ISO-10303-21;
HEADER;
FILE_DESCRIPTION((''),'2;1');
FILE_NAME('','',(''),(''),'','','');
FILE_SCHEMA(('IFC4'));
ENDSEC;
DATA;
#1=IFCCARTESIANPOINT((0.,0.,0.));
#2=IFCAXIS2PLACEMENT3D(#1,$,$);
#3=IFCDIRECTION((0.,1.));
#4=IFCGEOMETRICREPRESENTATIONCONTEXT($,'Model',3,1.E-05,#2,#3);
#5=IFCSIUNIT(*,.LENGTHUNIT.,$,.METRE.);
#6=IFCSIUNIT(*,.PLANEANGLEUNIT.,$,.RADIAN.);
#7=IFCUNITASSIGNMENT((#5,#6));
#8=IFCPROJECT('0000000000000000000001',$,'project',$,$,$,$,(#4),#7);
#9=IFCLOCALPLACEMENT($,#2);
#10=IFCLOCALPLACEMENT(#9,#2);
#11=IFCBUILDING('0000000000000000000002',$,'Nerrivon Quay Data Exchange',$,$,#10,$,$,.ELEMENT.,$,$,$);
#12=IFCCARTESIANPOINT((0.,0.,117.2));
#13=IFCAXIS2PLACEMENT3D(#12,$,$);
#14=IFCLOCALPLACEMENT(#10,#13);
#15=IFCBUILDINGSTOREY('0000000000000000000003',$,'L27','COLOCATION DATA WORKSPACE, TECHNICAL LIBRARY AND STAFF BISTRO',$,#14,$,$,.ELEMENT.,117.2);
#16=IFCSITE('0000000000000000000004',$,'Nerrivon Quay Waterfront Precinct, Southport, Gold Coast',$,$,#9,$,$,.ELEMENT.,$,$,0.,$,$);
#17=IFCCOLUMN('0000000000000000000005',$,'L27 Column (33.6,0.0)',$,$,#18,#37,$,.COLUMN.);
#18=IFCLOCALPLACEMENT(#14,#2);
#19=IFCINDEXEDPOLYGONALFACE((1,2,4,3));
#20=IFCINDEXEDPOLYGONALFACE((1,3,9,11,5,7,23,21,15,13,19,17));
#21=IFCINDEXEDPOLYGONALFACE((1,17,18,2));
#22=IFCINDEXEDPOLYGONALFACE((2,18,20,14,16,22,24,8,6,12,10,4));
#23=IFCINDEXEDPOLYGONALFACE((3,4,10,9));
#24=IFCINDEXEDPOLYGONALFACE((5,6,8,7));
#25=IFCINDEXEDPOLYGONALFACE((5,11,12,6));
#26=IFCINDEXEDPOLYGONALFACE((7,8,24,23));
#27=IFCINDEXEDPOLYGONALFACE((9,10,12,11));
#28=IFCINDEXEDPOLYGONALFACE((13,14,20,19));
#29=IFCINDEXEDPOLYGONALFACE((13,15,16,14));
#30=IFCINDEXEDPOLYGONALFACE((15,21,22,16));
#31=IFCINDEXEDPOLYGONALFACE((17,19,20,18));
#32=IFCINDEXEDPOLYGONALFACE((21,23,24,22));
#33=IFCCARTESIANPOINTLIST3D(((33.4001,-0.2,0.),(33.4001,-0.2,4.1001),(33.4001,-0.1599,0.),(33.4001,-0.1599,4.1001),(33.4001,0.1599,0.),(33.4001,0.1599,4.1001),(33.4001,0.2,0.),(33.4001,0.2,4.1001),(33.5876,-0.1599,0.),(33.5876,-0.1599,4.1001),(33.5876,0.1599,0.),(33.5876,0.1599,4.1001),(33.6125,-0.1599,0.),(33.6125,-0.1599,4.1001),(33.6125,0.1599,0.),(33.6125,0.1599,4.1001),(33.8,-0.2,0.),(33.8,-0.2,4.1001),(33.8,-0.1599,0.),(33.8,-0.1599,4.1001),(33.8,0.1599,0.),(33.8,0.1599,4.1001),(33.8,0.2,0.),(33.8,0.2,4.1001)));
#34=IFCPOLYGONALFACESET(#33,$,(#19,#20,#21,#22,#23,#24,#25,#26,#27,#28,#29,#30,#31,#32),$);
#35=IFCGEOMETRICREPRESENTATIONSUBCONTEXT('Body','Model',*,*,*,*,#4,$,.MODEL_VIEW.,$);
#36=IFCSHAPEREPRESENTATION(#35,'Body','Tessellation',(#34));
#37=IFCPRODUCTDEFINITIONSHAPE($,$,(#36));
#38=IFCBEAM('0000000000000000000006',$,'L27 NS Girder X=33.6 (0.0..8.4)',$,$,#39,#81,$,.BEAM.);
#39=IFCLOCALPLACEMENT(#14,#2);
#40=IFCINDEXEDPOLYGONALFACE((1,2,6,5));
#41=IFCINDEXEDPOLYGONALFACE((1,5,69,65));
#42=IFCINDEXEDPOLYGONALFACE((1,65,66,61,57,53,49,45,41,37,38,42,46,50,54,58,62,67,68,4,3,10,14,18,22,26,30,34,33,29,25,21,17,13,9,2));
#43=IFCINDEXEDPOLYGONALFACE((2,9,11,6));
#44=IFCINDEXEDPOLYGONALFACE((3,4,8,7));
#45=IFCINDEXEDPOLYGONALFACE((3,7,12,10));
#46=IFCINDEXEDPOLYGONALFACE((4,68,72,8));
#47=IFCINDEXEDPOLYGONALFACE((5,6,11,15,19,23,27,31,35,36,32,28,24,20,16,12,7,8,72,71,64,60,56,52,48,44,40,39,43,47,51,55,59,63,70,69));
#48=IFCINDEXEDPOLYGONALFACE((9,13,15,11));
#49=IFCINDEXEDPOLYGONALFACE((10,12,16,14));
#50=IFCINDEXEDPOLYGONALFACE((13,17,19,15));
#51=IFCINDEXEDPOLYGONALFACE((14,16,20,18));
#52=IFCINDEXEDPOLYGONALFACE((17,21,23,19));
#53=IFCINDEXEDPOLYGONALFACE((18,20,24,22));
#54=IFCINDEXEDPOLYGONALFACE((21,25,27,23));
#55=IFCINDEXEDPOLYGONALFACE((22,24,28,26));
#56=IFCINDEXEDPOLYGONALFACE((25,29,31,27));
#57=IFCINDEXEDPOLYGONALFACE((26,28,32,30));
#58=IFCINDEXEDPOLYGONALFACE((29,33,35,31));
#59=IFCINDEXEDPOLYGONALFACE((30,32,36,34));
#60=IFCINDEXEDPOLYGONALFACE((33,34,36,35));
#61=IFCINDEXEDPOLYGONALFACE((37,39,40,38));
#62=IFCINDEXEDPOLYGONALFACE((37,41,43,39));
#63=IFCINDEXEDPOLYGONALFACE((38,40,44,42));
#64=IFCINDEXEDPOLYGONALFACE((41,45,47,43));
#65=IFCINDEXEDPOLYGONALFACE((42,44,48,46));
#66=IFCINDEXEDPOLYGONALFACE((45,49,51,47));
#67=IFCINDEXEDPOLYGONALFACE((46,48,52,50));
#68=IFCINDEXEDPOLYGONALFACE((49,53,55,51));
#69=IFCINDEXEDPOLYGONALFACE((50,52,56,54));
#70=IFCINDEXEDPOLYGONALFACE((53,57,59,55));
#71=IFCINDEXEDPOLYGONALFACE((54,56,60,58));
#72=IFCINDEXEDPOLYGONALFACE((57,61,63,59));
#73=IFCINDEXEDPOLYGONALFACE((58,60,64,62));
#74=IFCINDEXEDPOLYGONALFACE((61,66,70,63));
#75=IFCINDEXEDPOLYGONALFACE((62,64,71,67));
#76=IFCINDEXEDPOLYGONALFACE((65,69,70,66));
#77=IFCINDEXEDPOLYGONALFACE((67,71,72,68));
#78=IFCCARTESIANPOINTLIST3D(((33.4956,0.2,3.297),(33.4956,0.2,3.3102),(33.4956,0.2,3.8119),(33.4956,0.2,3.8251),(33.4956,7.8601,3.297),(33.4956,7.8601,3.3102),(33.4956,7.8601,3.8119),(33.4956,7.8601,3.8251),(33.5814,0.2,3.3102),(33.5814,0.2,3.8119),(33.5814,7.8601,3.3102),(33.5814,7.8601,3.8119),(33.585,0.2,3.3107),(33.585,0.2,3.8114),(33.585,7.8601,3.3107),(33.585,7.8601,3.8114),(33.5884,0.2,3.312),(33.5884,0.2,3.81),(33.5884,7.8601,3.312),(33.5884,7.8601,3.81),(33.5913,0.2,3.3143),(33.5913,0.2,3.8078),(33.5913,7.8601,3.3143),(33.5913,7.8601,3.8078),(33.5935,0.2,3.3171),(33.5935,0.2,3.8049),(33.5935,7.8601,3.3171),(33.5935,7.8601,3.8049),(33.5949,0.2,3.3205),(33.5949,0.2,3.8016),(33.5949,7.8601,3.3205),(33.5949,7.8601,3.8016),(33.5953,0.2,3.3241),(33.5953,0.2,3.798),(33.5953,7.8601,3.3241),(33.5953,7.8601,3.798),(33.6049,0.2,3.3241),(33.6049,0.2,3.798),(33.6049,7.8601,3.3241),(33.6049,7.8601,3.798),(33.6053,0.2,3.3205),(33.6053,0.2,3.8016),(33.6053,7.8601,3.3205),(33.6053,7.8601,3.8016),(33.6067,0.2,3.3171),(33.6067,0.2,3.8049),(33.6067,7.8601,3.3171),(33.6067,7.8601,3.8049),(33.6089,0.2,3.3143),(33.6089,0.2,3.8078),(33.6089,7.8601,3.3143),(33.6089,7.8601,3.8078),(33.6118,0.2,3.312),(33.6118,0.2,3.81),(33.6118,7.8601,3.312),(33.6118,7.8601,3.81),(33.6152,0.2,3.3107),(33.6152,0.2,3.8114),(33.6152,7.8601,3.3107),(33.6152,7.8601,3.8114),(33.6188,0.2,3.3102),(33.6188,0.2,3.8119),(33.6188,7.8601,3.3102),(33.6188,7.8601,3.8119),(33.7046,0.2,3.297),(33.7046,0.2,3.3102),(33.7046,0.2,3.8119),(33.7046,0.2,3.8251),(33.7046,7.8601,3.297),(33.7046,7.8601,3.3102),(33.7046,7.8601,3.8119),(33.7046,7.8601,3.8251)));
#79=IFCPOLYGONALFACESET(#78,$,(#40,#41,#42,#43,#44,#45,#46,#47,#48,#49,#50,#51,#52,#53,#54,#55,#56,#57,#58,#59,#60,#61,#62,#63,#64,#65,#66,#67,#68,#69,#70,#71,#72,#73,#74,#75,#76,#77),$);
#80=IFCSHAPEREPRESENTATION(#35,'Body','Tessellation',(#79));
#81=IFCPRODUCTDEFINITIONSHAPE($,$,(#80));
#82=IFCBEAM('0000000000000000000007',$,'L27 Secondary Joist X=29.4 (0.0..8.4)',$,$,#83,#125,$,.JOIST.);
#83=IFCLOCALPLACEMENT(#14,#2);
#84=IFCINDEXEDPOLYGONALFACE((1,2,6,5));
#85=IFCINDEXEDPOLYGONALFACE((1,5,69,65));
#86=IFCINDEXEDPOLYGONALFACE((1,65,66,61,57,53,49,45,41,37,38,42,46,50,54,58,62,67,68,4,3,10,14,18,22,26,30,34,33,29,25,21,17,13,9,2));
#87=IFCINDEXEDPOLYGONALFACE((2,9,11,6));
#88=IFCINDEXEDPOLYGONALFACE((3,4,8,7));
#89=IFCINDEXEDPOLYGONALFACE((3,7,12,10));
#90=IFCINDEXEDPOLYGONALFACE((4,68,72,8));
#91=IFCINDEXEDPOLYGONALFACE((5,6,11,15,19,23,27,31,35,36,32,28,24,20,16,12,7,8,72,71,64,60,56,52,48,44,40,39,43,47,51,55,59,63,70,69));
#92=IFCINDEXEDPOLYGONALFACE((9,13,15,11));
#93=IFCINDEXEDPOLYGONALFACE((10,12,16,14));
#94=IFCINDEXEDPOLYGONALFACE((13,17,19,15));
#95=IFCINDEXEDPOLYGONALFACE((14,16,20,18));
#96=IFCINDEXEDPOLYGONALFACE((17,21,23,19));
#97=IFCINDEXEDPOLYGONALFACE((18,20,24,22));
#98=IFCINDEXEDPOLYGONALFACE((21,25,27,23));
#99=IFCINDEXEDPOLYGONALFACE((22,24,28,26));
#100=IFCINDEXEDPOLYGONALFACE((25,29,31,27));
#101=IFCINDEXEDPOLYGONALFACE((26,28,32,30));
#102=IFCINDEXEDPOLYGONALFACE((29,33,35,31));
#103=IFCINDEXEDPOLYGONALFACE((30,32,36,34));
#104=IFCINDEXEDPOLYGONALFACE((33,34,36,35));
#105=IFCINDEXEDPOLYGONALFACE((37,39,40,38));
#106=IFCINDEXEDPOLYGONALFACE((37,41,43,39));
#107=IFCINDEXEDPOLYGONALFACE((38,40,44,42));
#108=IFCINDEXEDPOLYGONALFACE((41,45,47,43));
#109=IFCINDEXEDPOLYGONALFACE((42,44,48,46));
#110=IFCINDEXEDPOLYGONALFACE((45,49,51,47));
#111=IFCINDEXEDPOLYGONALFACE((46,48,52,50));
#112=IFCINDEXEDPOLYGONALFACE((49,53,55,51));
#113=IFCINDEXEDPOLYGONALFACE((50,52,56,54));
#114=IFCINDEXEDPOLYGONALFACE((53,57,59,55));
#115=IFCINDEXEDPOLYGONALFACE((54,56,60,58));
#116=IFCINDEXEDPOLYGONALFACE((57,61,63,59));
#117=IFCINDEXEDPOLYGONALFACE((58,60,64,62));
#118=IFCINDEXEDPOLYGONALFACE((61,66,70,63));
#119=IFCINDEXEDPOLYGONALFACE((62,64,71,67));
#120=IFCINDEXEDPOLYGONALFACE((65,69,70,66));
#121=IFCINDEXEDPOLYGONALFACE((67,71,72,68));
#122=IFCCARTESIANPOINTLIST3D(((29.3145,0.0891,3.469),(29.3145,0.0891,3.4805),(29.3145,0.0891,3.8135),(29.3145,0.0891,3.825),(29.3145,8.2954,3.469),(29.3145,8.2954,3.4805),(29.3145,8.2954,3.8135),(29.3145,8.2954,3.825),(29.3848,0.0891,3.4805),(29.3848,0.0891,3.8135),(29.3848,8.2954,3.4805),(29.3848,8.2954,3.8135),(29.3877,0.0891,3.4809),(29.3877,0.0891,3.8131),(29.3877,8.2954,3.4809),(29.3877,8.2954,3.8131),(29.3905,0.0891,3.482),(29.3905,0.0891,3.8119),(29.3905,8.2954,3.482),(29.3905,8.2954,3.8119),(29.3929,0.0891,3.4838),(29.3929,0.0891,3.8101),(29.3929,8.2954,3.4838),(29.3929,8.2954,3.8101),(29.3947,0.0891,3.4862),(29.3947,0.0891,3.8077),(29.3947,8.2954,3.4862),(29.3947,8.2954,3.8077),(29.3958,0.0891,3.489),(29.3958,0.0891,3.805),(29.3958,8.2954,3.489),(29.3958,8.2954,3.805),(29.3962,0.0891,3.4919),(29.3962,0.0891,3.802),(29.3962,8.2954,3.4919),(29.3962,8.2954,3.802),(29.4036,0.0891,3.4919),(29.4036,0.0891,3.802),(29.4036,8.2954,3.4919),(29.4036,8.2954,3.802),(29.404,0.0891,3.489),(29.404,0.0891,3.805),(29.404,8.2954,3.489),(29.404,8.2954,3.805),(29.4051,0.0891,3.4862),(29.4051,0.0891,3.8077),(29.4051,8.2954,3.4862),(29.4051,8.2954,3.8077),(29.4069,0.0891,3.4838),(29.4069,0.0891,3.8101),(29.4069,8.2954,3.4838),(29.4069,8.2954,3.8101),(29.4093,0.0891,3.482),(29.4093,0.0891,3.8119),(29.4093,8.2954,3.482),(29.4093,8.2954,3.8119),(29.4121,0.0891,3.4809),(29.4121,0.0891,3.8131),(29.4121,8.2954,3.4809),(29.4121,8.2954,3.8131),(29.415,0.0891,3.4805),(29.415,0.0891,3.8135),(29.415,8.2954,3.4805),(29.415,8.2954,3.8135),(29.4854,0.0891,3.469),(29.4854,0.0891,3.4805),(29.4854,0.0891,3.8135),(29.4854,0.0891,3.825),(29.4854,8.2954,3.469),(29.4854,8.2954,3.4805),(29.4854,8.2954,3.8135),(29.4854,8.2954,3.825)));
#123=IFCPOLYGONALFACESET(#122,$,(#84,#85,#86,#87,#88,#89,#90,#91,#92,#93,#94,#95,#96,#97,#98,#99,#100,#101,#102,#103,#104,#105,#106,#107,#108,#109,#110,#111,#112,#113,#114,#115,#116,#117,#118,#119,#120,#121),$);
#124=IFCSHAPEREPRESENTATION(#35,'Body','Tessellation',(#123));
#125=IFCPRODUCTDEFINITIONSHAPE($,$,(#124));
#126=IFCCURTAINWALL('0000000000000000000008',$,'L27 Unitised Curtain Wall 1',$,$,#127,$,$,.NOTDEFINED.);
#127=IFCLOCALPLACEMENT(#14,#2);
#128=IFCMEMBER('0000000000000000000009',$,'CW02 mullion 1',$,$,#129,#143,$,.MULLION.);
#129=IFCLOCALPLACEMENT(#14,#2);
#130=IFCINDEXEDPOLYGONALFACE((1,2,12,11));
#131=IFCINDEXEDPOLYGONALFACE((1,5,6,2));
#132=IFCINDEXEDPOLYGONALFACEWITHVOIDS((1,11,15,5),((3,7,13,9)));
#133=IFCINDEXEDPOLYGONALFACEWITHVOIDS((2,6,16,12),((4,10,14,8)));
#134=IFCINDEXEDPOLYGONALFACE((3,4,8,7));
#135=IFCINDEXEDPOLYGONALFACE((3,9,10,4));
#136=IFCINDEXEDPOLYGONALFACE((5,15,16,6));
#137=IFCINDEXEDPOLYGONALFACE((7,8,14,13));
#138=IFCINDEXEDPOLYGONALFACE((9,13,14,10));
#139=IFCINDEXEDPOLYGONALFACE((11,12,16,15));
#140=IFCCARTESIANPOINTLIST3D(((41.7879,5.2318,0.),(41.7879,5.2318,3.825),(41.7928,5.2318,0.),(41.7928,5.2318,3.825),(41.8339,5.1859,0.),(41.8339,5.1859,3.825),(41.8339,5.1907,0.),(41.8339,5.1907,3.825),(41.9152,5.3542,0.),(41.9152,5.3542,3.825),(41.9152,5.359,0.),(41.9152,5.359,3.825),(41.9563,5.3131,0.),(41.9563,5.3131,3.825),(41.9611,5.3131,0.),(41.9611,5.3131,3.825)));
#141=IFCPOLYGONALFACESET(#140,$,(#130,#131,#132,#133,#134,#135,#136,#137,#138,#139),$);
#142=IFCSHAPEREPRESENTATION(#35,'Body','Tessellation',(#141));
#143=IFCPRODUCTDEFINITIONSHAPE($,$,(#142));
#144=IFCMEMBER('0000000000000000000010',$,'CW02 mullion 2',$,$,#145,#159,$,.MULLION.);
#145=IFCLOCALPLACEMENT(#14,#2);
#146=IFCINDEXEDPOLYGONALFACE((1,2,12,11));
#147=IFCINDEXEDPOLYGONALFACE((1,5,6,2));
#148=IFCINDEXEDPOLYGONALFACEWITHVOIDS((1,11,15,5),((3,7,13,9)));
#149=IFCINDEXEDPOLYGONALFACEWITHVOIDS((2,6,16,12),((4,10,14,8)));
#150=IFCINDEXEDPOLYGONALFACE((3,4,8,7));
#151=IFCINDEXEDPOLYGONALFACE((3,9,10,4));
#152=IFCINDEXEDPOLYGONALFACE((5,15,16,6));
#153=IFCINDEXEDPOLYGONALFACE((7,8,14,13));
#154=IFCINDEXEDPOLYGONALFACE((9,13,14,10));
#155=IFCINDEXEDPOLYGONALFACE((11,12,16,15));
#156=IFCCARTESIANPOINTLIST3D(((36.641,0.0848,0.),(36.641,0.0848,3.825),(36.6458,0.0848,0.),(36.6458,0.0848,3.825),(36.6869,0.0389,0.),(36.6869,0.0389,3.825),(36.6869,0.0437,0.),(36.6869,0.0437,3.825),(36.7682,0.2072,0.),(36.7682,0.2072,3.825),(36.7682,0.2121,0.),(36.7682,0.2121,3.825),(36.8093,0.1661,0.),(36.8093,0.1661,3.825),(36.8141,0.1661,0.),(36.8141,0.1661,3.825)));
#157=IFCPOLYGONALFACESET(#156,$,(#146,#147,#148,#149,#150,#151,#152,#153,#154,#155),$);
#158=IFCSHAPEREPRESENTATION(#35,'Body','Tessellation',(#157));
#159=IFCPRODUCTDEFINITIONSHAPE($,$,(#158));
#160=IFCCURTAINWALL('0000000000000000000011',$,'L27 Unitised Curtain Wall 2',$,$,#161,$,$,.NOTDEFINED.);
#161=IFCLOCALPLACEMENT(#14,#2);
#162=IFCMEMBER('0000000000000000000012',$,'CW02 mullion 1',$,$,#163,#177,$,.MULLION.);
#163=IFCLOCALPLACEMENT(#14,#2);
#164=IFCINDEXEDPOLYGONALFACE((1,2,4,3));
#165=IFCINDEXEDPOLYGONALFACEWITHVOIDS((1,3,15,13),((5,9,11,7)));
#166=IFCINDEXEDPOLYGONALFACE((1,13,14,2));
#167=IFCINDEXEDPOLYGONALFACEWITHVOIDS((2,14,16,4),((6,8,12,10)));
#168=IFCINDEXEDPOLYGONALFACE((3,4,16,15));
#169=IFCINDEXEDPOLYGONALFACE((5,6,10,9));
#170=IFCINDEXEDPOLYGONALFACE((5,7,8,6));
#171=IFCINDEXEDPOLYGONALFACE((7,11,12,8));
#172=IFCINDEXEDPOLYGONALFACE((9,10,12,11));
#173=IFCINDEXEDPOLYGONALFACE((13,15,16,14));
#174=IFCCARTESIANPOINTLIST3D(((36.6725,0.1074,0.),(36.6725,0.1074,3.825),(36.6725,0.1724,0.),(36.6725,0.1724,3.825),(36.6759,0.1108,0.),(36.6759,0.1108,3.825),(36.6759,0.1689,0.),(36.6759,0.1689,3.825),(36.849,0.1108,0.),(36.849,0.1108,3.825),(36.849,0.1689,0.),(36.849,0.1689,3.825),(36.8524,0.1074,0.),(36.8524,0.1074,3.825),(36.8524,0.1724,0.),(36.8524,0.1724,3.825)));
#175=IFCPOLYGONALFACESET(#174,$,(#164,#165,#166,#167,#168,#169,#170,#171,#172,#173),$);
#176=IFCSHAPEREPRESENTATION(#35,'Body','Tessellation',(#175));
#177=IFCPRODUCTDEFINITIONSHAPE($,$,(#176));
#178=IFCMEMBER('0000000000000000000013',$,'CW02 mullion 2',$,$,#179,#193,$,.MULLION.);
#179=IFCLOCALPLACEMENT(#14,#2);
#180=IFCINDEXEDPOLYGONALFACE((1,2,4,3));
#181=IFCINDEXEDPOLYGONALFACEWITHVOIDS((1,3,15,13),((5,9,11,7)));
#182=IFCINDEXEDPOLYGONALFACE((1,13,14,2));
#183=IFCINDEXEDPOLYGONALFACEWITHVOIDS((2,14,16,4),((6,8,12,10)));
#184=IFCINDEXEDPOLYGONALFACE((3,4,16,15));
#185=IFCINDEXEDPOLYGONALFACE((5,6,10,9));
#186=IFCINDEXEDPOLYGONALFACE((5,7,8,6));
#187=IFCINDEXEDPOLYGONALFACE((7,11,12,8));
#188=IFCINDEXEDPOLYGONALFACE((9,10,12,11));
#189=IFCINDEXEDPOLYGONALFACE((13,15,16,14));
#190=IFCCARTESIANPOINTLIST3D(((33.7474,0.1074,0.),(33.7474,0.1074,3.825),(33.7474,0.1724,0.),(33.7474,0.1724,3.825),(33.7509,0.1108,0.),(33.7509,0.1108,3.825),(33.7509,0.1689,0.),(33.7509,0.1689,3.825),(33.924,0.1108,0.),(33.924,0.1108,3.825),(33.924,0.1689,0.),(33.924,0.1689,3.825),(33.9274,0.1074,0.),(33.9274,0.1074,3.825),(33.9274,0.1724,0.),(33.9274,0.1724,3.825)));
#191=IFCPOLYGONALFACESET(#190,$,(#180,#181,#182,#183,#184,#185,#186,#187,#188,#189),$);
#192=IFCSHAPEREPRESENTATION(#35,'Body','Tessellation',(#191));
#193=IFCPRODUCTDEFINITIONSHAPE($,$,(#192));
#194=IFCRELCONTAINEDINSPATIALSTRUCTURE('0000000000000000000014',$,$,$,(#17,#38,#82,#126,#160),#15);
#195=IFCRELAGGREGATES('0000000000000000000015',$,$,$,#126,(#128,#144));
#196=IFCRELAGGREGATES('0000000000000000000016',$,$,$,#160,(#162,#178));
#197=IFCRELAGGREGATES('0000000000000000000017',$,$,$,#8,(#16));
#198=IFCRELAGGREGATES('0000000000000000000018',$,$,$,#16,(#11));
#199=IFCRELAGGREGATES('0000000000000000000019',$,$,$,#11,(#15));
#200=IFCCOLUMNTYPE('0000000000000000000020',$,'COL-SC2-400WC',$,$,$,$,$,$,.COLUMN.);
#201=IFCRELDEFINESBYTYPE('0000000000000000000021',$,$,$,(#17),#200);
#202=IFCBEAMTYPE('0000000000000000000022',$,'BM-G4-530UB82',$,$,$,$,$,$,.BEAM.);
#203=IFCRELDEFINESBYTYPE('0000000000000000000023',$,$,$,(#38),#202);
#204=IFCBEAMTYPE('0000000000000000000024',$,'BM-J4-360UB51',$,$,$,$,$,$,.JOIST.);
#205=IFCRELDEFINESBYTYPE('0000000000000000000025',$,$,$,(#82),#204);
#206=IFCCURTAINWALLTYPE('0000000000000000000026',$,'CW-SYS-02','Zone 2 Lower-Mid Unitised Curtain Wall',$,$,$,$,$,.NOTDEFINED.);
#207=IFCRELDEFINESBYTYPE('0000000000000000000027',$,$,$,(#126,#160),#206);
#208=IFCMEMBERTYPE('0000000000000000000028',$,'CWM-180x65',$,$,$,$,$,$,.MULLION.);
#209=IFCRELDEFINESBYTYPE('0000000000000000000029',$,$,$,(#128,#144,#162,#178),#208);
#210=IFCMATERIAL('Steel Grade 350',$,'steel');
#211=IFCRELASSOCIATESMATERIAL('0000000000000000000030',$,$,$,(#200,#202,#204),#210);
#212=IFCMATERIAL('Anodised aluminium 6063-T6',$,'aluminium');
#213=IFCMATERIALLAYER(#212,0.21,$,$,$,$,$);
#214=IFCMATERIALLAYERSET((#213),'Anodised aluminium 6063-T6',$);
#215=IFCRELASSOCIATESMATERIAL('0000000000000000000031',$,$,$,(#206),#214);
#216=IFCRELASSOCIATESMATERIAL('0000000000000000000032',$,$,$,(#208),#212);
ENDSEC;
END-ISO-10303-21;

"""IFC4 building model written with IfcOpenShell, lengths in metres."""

from ifc_helpers import new_model, si_unit, direction, frame, origin, origin_2d, place, context, subcontext, project, spatial, hollow_rectangle, i_section, extrude, material, layer, layer_set, material_profile, profile_set, type_object, element, aggregate, save


model = new_model("IFC4")

# Units and contexts
model_context = context("Model", 3, precision=1e-05, world=origin(), true_north=direction((0.0, 1.0)))
body_context = subcontext(model_context, "Body", "Model", "MODEL_VIEW")
ifc_project = project(units=[si_unit("LENGTHUNIT", "METRE"), si_unit("PLANEANGLEUNIT", "RADIAN")], contexts=[model_context])

# Site, building, storey
site_placement = place(None, origin())
site = spatial("IfcSite", under=ifc_project, at=site_placement, Name="Nerrivon Quay Waterfront Precinct, Southport, Gold Coast", CompositionType="ELEMENT", RefElevation=0.0)
building_placement = place(site_placement, origin())
building = spatial("IfcBuilding", under=site, at=building_placement, Name="Nerrivon Quay Data Exchange", CompositionType="ELEMENT")
storey_placement = place(building_placement, frame((0.0, 0.0, 117.2)))
storey = spatial("IfcBuildingStorey", under=building, at=storey_placement, Name="L27", Description="COLOCATION DATA WORKSPACE, TECHNICAL LIBRARY AND STAFF BISTRO", CompositionType="ELEMENT", Elevation=117.2)

# Column
ifc_material_1 = material(Name="Steel Grade 350", Category="steel")
ifc_material_profile_1 = material_profile(ifc_material_1, i_section(OverallWidth=0.3999, OverallDepth=0.3999, WebThickness=0.0249, FlangeThickness=0.04, at=origin_2d()), Name="400WC328")
ifc_profile_set_1 = profile_set([ifc_material_profile_1], Name="Steel Grade 350")
column_type = type_object("IfcColumnType", Name="COL-SC2-400WC", PredefinedType="COLUMN", material=ifc_profile_set_1)
column_placement = place(storey_placement, frame((33.6001, 0.0, 0.0), z_axis=(0.0, 0.0, 1.0), x_axis=(1.0, 0.0, 0.0)))
element("IfcColumn", 1, at=column_placement, inside=storey, type_object=column_type, Name="L27 Column (33.6,0.0)", PredefinedType="COLUMN", context=body_context, shape_type="SweptSolid", body=[
    extrude(i_section(OverallWidth=0.3999, OverallDepth=0.3999, WebThickness=0.0249, FlangeThickness=0.04, at=origin_2d()), origin(), (0.0, 0.0, 1.0), 4.1001),
])

# Beams
ifc_material_profile_2 = material_profile(ifc_material_1, i_section(OverallWidth=0.209, OverallDepth=0.5281, WebThickness=0.0095, FlangeThickness=0.0132, FilletRadius=0.0139, at=origin_2d()), Name="530UB82.0")
ifc_profile_set_2 = profile_set([ifc_material_profile_2], Name="Steel Grade 350")
beam_type_1 = type_object("IfcBeamType", Name="BM-G4-530UB82", PredefinedType="BEAM", material=ifc_profile_set_2)
beam_1_placement = place(storey_placement, frame((33.6001, 0.2, 3.561), z_axis=(0.0, 1.0, 0.0), x_axis=(-1.0, 0.0, 0.0)))
element("IfcBeam", 2, at=beam_1_placement, inside=storey, type_object=beam_type_1, Name="L27 NS Girder X=33.6 (0.0..8.4)", PredefinedType="BEAM", context=body_context, shape_type="SweptSolid", body=[
    extrude(i_section(OverallWidth=0.209, OverallDepth=0.5281, WebThickness=0.0095, FlangeThickness=0.0132, FilletRadius=0.0139, at=origin_2d()), origin(), (0.0, 0.0, 1.0), 7.6602),
])
ifc_material_profile_3 = material_profile(ifc_material_1, i_section(OverallWidth=0.1709, OverallDepth=0.356, WebThickness=0.0073, FlangeThickness=0.0115, FilletRadius=0.0115, at=origin_2d()), Name="360UB50.7")
ifc_profile_set_3 = profile_set([ifc_material_profile_3], Name="Steel Grade 350")
beam_type_2 = type_object("IfcBeamType", Name="BM-J4-360UB51", PredefinedType="JOIST", material=ifc_profile_set_3)
beam_2_placement = place(storey_placement, frame((29.3999, 0.0891, 3.647), z_axis=(0.0, 1.0, 0.0), x_axis=(-1.0, 0.0, 0.0)))
element("IfcBeam", 3, at=beam_2_placement, inside=storey, type_object=beam_type_2, Name="L27 Secondary Joist X=29.4 (0.0..8.4)", PredefinedType="JOIST", context=body_context, shape_type="SweptSolid", body=[
    extrude(i_section(OverallWidth=0.1709, OverallDepth=0.356, WebThickness=0.0073, FlangeThickness=0.0115, FilletRadius=0.0115, at=origin_2d()), origin(), (0.0, 0.0, 1.0), 8.2063),
])

# Curtain walls, members
ifc_material_2 = material(Name="Anodised aluminium 6063-T6", Category="aluminium")
ifc_layer_1 = layer(ifc_material_2, 0.21)
ifc_layer_set_1 = layer_set([ifc_layer_1], Name="Anodised aluminium 6063-T6")
curtain_wall_type = type_object("IfcCurtainWallType", Name="CW-SYS-02", Description="Zone 2 Lower-Mid Unitised Curtain Wall", PredefinedType="NOTDEFINED", material=ifc_layer_set_1)
curtain_wall_1_placement = place(storey_placement, origin())
curtain_wall_1 = element("IfcCurtainWall", 4, at=curtain_wall_1_placement, inside=storey, type_object=curtain_wall_type, Name="L27 Unitised Curtain Wall 1", PredefinedType="NOTDEFINED")
ifc_material_profile_4 = material_profile(ifc_material_2, hollow_rectangle(XDim=0.0649, YDim=0.1799, WallThickness=0.0034, at=origin_2d()), Name="ALU-MULL-180x65")
ifc_profile_set_4 = profile_set([ifc_material_profile_4], Name="Anodised aluminium 6063-T6")
member_type_1 = type_object("IfcMemberType", Name="CWM-180x65", PredefinedType="MULLION", material=ifc_profile_set_4)
member_1_placement = place(storey_placement, frame((41.8745, 5.2725, 0.0), z_axis=(0.0, 0.0, 1.0), x_axis=(0.707107, -0.707107, 0.0)))
member_1 = element("IfcMember", 5, at=member_1_placement, type_object=member_type_1, Name="CW02 mullion 1", PredefinedType="MULLION", context=body_context, shape_type="SweptSolid", body=[
    extrude(hollow_rectangle(XDim=0.0649, YDim=0.1799, WallThickness=0.0034, at=origin_2d()), origin(), (0.0, 0.0, 1.0), 3.825),
])
member_2_placement = place(storey_placement, frame((36.7275, 0.1255, 0.0), z_axis=(0.0, 0.0, 1.0), x_axis=(0.707107, -0.707107, 0.0)))
member_2 = element("IfcMember", 6, at=member_2_placement, type_object=member_type_1, Name="CW02 mullion 2", PredefinedType="MULLION", context=body_context, shape_type="SweptSolid", body=[
    extrude(hollow_rectangle(XDim=0.0649, YDim=0.1799, WallThickness=0.0034, at=origin_2d()), origin(), (0.0, 0.0, 1.0), 3.825),
])
curtain_wall_2_placement = place(storey_placement, origin())
curtain_wall_2 = element("IfcCurtainWall", 7, at=curtain_wall_2_placement, inside=storey, type_object=curtain_wall_type, Name="L27 Unitised Curtain Wall 2", PredefinedType="NOTDEFINED")
member_3_placement = place(storey_placement, frame((36.7625, 0.1399, 0.0), z_axis=(0.0, 0.0, 1.0), x_axis=(0.0, -1.0, 0.0)))
member_3 = element("IfcMember", 8, at=member_3_placement, type_object=member_type_1, Name="CW02 mullion 1", PredefinedType="MULLION", context=body_context, shape_type="SweptSolid", body=[
    extrude(hollow_rectangle(XDim=0.0649, YDim=0.1799, WallThickness=0.0034, at=origin_2d()), origin(), (0.0, 0.0, 1.0), 3.825),
])
member_4_placement = place(storey_placement, frame((33.8374, 0.1399, 0.0), z_axis=(0.0, 0.0, 1.0), x_axis=(0.0, -1.0, 0.0)))
member_4 = element("IfcMember", 9, at=member_4_placement, type_object=member_type_1, Name="CW02 mullion 2", PredefinedType="MULLION", context=body_context, shape_type="SweptSolid", body=[
    extrude(hollow_rectangle(XDim=0.0649, YDim=0.1799, WallThickness=0.0034, at=origin_2d()), origin(), (0.0, 0.0, 1.0), 3.825),
])

aggregate(curtain_wall_1, [member_1, member_2])
aggregate(curtain_wall_2, [member_3, member_4])

save(model, "model.ifc")
